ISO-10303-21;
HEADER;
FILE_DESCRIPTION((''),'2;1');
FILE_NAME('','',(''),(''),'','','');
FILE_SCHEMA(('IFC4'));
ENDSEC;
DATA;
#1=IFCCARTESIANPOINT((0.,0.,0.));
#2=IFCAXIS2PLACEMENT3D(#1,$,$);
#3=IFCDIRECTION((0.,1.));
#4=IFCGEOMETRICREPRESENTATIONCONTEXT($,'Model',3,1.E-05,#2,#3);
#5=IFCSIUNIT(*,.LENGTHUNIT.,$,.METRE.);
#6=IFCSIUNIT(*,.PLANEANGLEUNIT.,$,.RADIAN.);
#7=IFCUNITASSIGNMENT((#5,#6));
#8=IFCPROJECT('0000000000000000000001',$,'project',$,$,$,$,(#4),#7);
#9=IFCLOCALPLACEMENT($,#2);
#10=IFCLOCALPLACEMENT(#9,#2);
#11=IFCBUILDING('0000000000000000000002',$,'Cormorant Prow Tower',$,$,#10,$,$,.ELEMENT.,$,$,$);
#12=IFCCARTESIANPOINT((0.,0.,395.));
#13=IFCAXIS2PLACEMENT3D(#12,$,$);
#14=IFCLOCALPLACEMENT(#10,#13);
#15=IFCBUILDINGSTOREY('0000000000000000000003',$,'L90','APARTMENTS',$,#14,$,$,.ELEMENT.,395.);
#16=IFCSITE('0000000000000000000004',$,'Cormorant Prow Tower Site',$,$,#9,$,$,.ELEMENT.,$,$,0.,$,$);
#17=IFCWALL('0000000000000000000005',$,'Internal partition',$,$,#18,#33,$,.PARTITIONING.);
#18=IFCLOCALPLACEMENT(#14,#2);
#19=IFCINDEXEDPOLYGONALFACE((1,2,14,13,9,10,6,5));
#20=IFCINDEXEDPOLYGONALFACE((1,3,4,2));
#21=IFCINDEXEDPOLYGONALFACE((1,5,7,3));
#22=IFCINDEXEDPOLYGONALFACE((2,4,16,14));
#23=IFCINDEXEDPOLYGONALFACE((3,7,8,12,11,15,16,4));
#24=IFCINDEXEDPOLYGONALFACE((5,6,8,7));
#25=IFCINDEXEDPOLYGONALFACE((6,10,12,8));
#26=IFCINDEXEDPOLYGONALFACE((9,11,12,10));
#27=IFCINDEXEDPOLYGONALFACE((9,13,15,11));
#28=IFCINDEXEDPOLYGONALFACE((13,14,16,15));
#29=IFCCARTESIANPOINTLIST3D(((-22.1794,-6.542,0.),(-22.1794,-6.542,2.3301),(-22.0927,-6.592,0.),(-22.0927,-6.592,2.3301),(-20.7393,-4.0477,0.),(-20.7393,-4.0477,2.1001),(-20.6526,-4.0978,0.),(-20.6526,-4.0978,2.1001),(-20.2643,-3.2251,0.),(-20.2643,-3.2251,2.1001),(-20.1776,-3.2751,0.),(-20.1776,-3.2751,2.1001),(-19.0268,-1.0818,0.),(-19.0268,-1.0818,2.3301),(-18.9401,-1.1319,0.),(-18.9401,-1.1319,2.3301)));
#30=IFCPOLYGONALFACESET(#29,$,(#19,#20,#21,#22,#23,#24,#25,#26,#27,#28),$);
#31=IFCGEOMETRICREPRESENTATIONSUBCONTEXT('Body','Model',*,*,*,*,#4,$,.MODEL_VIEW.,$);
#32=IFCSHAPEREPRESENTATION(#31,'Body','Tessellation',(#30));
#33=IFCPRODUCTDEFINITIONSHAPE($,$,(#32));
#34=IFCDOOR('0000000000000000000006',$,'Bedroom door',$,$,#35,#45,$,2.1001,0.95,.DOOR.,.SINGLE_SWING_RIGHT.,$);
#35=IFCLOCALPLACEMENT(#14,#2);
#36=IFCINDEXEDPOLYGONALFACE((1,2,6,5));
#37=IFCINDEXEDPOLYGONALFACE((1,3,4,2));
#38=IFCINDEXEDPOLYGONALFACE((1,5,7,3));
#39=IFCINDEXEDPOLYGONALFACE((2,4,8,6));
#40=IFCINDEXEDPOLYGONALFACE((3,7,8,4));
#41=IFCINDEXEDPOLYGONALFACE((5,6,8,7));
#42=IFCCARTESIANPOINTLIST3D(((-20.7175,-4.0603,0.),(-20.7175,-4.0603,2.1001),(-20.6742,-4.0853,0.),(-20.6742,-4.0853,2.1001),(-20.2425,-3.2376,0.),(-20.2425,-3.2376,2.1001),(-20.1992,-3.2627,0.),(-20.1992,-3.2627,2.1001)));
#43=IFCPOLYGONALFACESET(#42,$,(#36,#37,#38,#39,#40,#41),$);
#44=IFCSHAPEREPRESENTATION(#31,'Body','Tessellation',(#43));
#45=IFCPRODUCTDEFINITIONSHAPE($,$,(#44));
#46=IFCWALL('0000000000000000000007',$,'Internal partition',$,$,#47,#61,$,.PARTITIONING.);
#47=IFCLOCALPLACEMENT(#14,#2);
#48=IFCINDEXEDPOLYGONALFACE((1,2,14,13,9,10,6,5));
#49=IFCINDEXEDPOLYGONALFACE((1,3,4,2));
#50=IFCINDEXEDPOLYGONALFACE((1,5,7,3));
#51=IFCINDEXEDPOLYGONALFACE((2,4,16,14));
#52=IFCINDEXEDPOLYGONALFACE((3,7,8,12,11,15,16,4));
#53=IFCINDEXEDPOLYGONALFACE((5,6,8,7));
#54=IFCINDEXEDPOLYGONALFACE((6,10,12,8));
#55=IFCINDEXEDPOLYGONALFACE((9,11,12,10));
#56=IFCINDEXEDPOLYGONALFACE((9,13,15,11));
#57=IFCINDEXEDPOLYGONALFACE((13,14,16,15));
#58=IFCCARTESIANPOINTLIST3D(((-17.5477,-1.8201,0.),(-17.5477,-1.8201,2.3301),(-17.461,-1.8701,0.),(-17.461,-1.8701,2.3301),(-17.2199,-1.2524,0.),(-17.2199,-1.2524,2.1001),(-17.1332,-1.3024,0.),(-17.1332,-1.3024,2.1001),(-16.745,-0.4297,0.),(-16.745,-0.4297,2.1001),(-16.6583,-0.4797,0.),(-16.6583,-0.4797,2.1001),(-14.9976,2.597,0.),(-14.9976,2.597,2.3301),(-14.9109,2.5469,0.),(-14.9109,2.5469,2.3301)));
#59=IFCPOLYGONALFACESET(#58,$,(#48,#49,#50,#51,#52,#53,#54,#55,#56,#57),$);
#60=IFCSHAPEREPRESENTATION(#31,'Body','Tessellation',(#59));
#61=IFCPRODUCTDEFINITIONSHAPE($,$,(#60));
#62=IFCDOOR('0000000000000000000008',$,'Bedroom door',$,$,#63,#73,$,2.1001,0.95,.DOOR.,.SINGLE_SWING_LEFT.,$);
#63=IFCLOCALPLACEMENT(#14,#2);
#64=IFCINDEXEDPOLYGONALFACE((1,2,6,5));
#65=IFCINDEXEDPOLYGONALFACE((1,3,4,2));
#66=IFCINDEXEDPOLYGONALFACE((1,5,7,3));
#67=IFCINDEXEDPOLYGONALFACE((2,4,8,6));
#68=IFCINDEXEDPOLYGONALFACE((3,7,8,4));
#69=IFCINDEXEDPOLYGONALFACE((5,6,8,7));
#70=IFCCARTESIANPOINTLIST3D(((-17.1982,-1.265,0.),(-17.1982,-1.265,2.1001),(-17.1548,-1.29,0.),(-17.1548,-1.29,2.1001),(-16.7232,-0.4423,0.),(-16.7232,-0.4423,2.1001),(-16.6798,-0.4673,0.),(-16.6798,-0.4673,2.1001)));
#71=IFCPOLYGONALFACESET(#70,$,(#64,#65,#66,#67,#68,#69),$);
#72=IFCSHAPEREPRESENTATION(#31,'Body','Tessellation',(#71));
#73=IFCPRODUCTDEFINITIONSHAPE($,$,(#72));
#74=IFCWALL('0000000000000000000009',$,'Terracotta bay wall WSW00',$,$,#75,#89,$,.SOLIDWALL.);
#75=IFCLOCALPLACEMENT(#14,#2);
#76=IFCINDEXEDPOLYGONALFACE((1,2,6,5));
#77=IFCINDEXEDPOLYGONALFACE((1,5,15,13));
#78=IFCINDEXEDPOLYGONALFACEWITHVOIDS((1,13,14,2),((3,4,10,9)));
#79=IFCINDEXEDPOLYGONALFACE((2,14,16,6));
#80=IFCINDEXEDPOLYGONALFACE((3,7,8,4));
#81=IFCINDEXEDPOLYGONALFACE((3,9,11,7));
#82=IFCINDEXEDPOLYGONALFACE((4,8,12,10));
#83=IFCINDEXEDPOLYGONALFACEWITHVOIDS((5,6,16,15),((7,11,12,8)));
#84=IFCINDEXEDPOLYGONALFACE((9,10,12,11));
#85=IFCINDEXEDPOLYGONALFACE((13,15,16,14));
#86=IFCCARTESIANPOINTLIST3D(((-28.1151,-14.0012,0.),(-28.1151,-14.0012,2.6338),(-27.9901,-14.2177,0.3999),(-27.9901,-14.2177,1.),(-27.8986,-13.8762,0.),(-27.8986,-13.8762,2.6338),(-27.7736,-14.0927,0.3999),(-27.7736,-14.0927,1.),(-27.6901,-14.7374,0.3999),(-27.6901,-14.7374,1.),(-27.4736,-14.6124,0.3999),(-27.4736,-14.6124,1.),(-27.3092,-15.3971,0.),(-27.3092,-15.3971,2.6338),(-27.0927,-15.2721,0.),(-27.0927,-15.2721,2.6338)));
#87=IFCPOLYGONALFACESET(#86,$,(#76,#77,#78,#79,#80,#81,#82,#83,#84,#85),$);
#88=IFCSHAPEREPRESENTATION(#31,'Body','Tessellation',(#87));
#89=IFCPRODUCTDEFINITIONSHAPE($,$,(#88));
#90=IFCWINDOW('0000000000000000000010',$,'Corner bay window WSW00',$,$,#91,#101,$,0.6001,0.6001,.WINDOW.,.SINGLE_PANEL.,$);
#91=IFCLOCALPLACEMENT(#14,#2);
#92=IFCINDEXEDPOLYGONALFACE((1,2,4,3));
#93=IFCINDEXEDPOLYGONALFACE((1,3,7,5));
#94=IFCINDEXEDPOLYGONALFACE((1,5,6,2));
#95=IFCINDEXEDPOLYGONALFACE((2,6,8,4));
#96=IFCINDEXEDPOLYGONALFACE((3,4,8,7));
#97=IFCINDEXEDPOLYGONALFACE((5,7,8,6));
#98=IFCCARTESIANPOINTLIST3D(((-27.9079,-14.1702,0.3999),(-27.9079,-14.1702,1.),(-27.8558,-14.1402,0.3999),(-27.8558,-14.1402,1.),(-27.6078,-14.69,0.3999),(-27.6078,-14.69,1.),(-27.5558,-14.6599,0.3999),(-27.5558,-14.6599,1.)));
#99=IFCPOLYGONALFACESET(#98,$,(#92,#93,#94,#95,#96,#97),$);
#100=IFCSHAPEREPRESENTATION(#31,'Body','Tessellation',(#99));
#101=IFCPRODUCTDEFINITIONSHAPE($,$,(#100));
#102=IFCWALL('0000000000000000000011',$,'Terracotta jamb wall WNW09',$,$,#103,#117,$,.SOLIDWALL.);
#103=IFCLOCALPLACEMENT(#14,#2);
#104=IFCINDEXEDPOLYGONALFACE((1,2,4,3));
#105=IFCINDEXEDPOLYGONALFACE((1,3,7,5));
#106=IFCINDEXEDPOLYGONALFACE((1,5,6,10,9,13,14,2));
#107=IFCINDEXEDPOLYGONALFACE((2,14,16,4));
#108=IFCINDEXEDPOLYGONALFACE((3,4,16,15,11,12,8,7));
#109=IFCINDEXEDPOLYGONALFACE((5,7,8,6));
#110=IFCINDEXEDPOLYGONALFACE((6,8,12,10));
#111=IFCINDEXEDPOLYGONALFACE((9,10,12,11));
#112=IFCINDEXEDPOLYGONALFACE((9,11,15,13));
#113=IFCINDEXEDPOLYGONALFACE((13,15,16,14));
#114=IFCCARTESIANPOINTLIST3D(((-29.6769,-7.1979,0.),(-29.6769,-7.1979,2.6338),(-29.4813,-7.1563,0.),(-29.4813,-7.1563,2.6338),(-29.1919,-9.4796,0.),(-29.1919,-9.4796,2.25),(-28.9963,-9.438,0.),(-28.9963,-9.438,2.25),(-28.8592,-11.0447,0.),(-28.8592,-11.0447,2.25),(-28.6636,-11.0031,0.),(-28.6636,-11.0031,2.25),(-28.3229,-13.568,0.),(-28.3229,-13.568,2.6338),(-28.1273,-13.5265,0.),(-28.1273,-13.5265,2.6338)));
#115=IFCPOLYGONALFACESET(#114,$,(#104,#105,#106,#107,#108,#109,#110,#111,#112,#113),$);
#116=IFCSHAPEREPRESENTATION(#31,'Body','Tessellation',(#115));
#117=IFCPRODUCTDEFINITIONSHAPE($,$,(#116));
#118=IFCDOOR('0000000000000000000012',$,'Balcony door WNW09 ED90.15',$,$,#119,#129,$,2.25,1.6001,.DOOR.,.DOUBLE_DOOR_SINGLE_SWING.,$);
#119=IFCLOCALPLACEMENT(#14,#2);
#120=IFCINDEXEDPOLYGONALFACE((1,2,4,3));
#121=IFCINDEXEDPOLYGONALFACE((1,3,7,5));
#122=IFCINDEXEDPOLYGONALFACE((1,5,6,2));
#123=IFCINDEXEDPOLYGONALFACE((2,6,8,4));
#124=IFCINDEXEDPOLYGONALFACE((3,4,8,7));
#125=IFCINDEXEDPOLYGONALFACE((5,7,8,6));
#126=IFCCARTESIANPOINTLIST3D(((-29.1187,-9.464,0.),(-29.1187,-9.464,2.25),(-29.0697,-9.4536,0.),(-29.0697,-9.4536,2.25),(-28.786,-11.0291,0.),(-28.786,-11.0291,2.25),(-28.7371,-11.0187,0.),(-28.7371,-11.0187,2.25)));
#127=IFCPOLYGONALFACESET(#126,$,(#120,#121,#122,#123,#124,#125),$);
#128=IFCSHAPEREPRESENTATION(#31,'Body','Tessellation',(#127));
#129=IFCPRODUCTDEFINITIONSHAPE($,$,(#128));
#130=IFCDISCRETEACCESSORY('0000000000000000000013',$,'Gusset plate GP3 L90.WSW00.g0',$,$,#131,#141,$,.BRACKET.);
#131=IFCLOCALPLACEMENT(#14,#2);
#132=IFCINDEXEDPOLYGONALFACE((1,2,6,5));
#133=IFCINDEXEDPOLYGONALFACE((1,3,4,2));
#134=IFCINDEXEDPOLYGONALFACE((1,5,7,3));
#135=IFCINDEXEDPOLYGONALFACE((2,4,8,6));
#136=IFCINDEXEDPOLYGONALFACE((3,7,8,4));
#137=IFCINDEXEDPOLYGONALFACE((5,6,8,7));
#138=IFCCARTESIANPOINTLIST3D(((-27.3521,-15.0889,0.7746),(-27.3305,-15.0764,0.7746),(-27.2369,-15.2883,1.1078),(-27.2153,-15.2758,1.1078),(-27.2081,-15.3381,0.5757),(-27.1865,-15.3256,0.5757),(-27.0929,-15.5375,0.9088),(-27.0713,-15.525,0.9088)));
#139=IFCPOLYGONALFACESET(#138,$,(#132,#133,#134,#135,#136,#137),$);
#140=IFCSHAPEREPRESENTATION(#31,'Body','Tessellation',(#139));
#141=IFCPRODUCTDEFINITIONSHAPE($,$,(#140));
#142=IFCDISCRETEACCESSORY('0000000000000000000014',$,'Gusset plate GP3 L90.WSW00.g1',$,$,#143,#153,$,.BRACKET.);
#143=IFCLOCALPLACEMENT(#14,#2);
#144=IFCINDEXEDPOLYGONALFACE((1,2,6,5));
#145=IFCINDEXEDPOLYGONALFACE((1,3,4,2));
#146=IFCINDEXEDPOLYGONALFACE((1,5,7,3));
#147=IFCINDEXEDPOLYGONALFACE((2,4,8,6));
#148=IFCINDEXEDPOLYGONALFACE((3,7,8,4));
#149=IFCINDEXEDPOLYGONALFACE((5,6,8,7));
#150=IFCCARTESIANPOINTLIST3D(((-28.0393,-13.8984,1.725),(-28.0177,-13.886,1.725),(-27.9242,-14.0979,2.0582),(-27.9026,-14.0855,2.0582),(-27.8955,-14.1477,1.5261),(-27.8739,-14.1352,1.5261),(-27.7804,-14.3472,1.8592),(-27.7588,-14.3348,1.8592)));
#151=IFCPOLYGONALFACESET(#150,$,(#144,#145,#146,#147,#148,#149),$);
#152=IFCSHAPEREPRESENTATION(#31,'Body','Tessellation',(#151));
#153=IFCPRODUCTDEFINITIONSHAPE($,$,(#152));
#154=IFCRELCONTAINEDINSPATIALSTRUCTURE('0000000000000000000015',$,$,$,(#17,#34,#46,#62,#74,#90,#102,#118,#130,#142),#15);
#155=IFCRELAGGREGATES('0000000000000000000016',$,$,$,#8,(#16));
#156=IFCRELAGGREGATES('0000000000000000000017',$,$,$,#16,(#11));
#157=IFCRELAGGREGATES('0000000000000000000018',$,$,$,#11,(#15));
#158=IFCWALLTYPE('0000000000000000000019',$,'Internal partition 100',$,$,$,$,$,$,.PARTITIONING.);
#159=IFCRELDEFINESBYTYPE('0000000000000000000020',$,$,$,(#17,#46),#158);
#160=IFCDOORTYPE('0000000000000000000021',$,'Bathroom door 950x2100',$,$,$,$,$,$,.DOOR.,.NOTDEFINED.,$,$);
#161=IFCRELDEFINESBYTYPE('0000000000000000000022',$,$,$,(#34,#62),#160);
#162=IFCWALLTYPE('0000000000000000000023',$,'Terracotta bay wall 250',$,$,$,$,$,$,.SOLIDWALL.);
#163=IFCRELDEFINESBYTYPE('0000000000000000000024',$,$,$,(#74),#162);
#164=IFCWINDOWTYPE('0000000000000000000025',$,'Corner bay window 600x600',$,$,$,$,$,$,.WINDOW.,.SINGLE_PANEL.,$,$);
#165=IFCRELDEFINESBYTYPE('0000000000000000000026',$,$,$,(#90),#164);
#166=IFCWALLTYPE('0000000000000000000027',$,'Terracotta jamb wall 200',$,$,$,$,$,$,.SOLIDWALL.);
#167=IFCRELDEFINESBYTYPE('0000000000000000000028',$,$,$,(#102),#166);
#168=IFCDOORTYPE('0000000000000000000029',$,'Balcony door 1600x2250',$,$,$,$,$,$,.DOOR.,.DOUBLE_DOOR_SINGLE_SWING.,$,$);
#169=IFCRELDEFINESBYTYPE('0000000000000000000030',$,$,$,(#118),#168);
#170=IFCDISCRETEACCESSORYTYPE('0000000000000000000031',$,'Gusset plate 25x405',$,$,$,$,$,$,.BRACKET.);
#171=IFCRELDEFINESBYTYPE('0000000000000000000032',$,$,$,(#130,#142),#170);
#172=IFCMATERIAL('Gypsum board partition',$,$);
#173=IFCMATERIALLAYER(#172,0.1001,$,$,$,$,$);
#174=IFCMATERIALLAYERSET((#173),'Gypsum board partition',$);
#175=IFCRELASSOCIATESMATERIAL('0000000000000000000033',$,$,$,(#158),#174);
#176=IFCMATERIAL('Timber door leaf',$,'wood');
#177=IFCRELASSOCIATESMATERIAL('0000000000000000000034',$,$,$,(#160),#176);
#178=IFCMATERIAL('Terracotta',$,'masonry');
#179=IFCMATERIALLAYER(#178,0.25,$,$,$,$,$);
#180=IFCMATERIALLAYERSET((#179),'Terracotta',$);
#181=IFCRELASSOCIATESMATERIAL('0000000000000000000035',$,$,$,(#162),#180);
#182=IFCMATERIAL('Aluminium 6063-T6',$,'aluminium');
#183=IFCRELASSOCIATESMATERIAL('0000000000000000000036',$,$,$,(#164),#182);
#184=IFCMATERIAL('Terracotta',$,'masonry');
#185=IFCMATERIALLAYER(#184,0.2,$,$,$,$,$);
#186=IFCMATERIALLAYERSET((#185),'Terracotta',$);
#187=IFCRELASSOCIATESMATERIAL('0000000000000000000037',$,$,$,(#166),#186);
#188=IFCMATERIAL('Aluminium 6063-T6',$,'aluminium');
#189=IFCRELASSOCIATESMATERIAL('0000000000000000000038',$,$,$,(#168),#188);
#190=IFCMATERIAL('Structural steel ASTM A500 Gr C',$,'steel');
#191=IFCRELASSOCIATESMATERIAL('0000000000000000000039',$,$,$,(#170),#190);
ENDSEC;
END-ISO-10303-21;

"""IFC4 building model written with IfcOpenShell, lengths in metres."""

from ifc_helpers import new_model, si_unit, direction, frame, frame_2d, origin, origin_2d, place, context, subcontext, project, spatial, rectangle, extrude, material, layer, layer_set, material_profile, profile_set, type_object, element, fill, save


model = new_model("IFC4")

# Units and contexts
model_context = context("Model", 3, precision=1e-05, world=origin(), true_north=direction((0.0, 1.0)))
body_context = subcontext(model_context, "Body", "Model", "MODEL_VIEW")
ifc_project = project(units=[si_unit("LENGTHUNIT", "METRE"), si_unit("PLANEANGLEUNIT", "RADIAN")], contexts=[model_context])

# Site, building, storey
site_placement = place(None, origin())
site = spatial("IfcSite", under=ifc_project, at=site_placement, Name="Cormorant Prow Tower Site", CompositionType="ELEMENT", RefElevation=0.0)
building_placement = place(site_placement, origin())
building = spatial("IfcBuilding", under=site, at=building_placement, Name="Cormorant Prow Tower", CompositionType="ELEMENT")
storey_placement = place(building_placement, frame((0.0, 0.0, 395.0)))
storey = spatial("IfcBuildingStorey", under=building, at=storey_placement, Name="L90", Description="APARTMENTS", CompositionType="ELEMENT", Elevation=395.0)

# Walls, openings, doors
ifc_material_1 = material(Name="Gypsum board partition")
ifc_layer_1 = layer(ifc_material_1, 0.1001)
ifc_layer_set_1 = layer_set([ifc_layer_1], Name="Gypsum board partition")
wall_type_1 = type_object("IfcWallType", Name="Internal partition 100", PredefinedType="PARTITIONING", material=ifc_layer_set_1)
wall_1_placement = place(storey_placement, frame((-22.136, -6.5669, 0.0), z_axis=(0.0, 0.0, 1.0), x_axis=(0.500016, 0.866016, 0.0)))
wall_1 = element("IfcWall", 1, at=wall_1_placement, inside=storey, type_object=wall_type_1, Name="Internal partition", PredefinedType="PARTITIONING", context=body_context, shape_type="SweptSolid", body=[
    extrude(rectangle(XDim=6.3049, YDim=0.1001, at=frame_2d((3.1523, 0.0))), origin(), (0.0, 0.0, 1.0), 2.3301),
])
opening_1_placement = place(wall_1_placement, frame((2.8799, 0.0, 0.0)))
opening_1 = element("IfcOpeningElement", 2, at=opening_1_placement, cuts=wall_1, PredefinedType="OPENING", context=body_context, shape_type="SweptSolid", body=[
    extrude(rectangle(XDim=0.95, YDim=2.1001, at=frame_2d((0.4751, 1.05))), frame((0.0, 0.0601, 0.0), z_axis=(0.0, -1.0, 0.0), x_axis=(1.0, 0.0, 0.0)), (0.0, 0.0, 1.0), 0.1201),
])
ifc_material_2 = material(Name="Timber door leaf", Category="wood")
door_type_1 = type_object("IfcDoorType", Name="Bathroom door 950x2100", OperationType="NOTDEFINED", PredefinedType="DOOR", material=ifc_material_2)
door_1_placement = place(opening_1_placement, origin())
door_1 = element("IfcDoor", 3, at=door_1_placement, inside=storey, type_object=door_type_1, Name="Bedroom door", OperationType="SINGLE_SWING_RIGHT", OverallHeight=2.1001, OverallWidth=0.95, PredefinedType="DOOR", context=body_context, shape_type="SweptSolid", body=[
    extrude(rectangle(XDim=0.95, YDim=2.1001, at=frame_2d((0.4751, 1.05))), frame((0.0, 0.0249, 0.0), z_axis=(0.0, -1.0, 0.0), x_axis=(1.0, 0.0, 0.0)), (0.0, 0.0, 1.0), 0.05),
])
fill(opening_1, door_1)
wall_2_placement = place(storey_placement, frame((-17.5044, -1.8452, 0.0), z_axis=(0.0, 0.0, 1.0), x_axis=(0.499985, 0.866034, 0.0)))
wall_2 = element("IfcWall", 4, at=wall_2_placement, inside=storey, type_object=wall_type_1, Name="Internal partition", PredefinedType="PARTITIONING", context=body_context, shape_type="SweptSolid", body=[
    extrude(rectangle(XDim=5.1003, YDim=0.1001, at=frame_2d((2.5503, 0.0))), origin(), (0.0, 0.0, 1.0), 2.3301),
])
opening_2_placement = place(wall_2_placement, frame((0.6555, 0.0, 0.0)))
opening_2 = element("IfcOpeningElement", 5, at=opening_2_placement, cuts=wall_2, PredefinedType="OPENING", context=body_context, shape_type="SweptSolid", body=[
    extrude(rectangle(XDim=0.95, YDim=2.1001, at=frame_2d((0.4751, 1.05))), frame((0.0, 0.0601, 0.0), z_axis=(0.0, -1.0, 0.0), x_axis=(1.0, 0.0, 0.0)), (0.0, 0.0, 1.0), 0.1201),
])
door_2_placement = place(opening_2_placement, origin())
door_2 = element("IfcDoor", 6, at=door_2_placement, inside=storey, type_object=door_type_1, Name="Bedroom door", OperationType="SINGLE_SWING_LEFT", OverallHeight=2.1001, OverallWidth=0.95, PredefinedType="DOOR", context=body_context, shape_type="SweptSolid", body=[
    extrude(rectangle(XDim=0.95, YDim=2.1001, at=frame_2d((0.4751, 1.05))), frame((0.0, 0.0249, 0.0), z_axis=(0.0, -1.0, 0.0), x_axis=(1.0, 0.0, 0.0)), (0.0, 0.0, 1.0), 0.05),
])
fill(opening_2, door_2)

# Wall, opening, window
ifc_material_3 = material(Name="Terracotta", Category="masonry")
ifc_layer_2 = layer(ifc_material_3, 0.25)
ifc_layer_set_2 = layer_set([ifc_layer_2], Name="Terracotta")
wall_type_2 = type_object("IfcWallType", Name="Terracotta bay wall 250", PredefinedType="SOLIDWALL", material=ifc_layer_set_2)
wall_3_placement = place(storey_placement, frame((-28.0068, -13.9387, 0.0), z_axis=(0.0, 0.0, 1.0), x_axis=(0.499967, -0.866044, 0.0)))
wall_3 = element("IfcWall", 7, at=wall_3_placement, inside=storey, type_object=wall_type_2, Name="Terracotta bay wall WSW00", PredefinedType="SOLIDWALL", context=body_context, shape_type="SweptSolid", body=[
    extrude(rectangle(XDim=1.6118, YDim=0.25, at=frame_2d((0.8059, 0.0))), origin(), (0.0, 0.0, 1.0), 2.6338),
])
opening_3_placement = place(wall_3_placement, frame((0.25, 0.0, 0.3999)))
opening_3 = element("IfcOpeningElement", 8, at=opening_3_placement, cuts=wall_3, PredefinedType="OPENING", context=body_context, shape_type="SweptSolid", body=[
    extrude(rectangle(XDim=0.6001, YDim=0.6001, at=frame_2d((0.3, 0.3))), frame((0.0, 0.135, 0.0), z_axis=(0.0, -1.0, 0.0), x_axis=(1.0, 0.0, 0.0)), (0.0, 0.0, 1.0), 0.27),
])
ifc_material_4 = material(Name="Aluminium 6063-T6", Category="aluminium")
window_type = type_object("IfcWindowType", Name="Corner bay window 600x600", PartitioningType="SINGLE_PANEL", PredefinedType="WINDOW", material=ifc_material_4)
window_placement = place(opening_3_placement, origin())
window = element("IfcWindow", 9, at=window_placement, inside=storey, type_object=window_type, Name="Corner bay window WSW00", OverallHeight=0.6001, OverallWidth=0.6001, PartitioningType="SINGLE_PANEL", PredefinedType="WINDOW", context=body_context, shape_type="SweptSolid", body=[
    extrude(rectangle(XDim=0.6001, YDim=0.6001, at=frame_2d((0.3, 0.3))), frame((0.0, 0.03, 0.0), z_axis=(0.0, -1.0, 0.0), x_axis=(1.0, 0.0, 0.0)), (0.0, 0.0, 1.0), 0.0601),
])
fill(opening_3, window)

# Wall, opening, door
ifc_material_5 = material(Name="Terracotta", Category="masonry")
ifc_layer_3 = layer(ifc_material_5, 0.2)
ifc_layer_set_3 = layer_set([ifc_layer_3], Name="Terracotta")
wall_type_3 = type_object("IfcWallType", Name="Terracotta jamb wall 200", PredefinedType="SOLIDWALL", material=ifc_layer_set_3)
wall_4_placement = place(storey_placement, frame((-29.5791, -7.177, 0.0), z_axis=(0.0, 0.0, 1.0), x_axis=(0.207911, -0.978148, 0.0)))
wall_4 = element("IfcWall", 10, at=wall_4_placement, inside=storey, type_object=wall_type_3, Name="Terracotta jamb wall WNW09", PredefinedType="SOLIDWALL", context=body_context, shape_type="SweptSolid", body=[
    extrude(rectangle(XDim=6.5125, YDim=0.2, at=frame_2d((3.2563, 0.0))), origin(), (0.0, 0.0, 1.0), 2.6338),
])
opening_4_placement = place(wall_4_placement, frame((2.3328, 0.0, 0.0)))
opening_4 = element("IfcOpeningElement", 11, at=opening_4_placement, cuts=wall_4, PredefinedType="OPENING", context=body_context, shape_type="SweptSolid", body=[
    extrude(rectangle(XDim=1.6001, YDim=2.25, at=frame_2d((0.8, 1.125))), frame((0.0, 0.1099, 0.0), z_axis=(0.0, -1.0, 0.0), x_axis=(1.0, 0.0, 0.0)), (0.0, 0.0, 1.0), 0.22),
])
ifc_material_6 = material(Name="Aluminium 6063-T6", Category="aluminium")
door_type_2 = type_object("IfcDoorType", Name="Balcony door 1600x2250", OperationType="DOUBLE_DOOR_SINGLE_SWING", PredefinedType="DOOR", material=ifc_material_6)
door_3_placement = place(opening_4_placement, origin())
door_3 = element("IfcDoor", 12, at=door_3_placement, inside=storey, type_object=door_type_2, Name="Balcony door WNW09 ED90.15", OperationType="DOUBLE_DOOR_SINGLE_SWING", OverallHeight=2.25, OverallWidth=1.6001, PredefinedType="DOOR", context=body_context, shape_type="SweptSolid", body=[
    extrude(rectangle(XDim=1.6001, YDim=2.25, at=frame_2d((0.8, 1.125))), frame((0.0, 0.0249, 0.0), z_axis=(0.0, -1.0, 0.0), x_axis=(1.0, 0.0, 0.0)), (0.0, 0.0, 1.0), 0.05),
])
fill(opening_4, door_3)

# Discrete accessories
ifc_material_7 = material(Name="Structural steel ASTM A500 Gr C", Category="steel")
ifc_material_profile_1 = material_profile(ifc_material_7, rectangle(XDim=0.0249, YDim=0.405, at=origin_2d()), Name="Gusset plate 25x405")
ifc_profile_set_1 = profile_set([ifc_material_profile_1], Name="Structural steel ASTM A500 Gr C")
discrete_accessory_type = type_object("IfcDiscreteAccessoryType", Name="Gusset plate 25x405", PredefinedType="BRACKET", material=ifc_profile_set_1)
for number, where, z_axis, x_axis, name in (
    (13, (-27.2837, -15.1824, 0.9412), (0.411596, -0.71227, -0.56856), (0.865832, 0.500334, 0.0), "Gusset plate GP3 L90.WSW00.g0"),
    (14, (-27.8271, -14.2412, 1.6926), (-0.411016, 0.712474, 0.568723), (-0.8662, -0.499698, 0.0), "Gusset plate GP3 L90.WSW00.g1"),
):
    element("IfcDiscreteAccessory", number, at=place(storey_placement, frame(where, z_axis=z_axis, x_axis=x_axis)), inside=storey, type_object=discrete_accessory_type, Name=name, PredefinedType="BRACKET", context=body_context, shape_type="SweptSolid", body=[
        extrude(rectangle(XDim=0.0249, YDim=0.405, at=origin_2d()), origin(), (0.0, 0.0, 1.0), 0.3499),
    ])

save(model, "model.ifc")
